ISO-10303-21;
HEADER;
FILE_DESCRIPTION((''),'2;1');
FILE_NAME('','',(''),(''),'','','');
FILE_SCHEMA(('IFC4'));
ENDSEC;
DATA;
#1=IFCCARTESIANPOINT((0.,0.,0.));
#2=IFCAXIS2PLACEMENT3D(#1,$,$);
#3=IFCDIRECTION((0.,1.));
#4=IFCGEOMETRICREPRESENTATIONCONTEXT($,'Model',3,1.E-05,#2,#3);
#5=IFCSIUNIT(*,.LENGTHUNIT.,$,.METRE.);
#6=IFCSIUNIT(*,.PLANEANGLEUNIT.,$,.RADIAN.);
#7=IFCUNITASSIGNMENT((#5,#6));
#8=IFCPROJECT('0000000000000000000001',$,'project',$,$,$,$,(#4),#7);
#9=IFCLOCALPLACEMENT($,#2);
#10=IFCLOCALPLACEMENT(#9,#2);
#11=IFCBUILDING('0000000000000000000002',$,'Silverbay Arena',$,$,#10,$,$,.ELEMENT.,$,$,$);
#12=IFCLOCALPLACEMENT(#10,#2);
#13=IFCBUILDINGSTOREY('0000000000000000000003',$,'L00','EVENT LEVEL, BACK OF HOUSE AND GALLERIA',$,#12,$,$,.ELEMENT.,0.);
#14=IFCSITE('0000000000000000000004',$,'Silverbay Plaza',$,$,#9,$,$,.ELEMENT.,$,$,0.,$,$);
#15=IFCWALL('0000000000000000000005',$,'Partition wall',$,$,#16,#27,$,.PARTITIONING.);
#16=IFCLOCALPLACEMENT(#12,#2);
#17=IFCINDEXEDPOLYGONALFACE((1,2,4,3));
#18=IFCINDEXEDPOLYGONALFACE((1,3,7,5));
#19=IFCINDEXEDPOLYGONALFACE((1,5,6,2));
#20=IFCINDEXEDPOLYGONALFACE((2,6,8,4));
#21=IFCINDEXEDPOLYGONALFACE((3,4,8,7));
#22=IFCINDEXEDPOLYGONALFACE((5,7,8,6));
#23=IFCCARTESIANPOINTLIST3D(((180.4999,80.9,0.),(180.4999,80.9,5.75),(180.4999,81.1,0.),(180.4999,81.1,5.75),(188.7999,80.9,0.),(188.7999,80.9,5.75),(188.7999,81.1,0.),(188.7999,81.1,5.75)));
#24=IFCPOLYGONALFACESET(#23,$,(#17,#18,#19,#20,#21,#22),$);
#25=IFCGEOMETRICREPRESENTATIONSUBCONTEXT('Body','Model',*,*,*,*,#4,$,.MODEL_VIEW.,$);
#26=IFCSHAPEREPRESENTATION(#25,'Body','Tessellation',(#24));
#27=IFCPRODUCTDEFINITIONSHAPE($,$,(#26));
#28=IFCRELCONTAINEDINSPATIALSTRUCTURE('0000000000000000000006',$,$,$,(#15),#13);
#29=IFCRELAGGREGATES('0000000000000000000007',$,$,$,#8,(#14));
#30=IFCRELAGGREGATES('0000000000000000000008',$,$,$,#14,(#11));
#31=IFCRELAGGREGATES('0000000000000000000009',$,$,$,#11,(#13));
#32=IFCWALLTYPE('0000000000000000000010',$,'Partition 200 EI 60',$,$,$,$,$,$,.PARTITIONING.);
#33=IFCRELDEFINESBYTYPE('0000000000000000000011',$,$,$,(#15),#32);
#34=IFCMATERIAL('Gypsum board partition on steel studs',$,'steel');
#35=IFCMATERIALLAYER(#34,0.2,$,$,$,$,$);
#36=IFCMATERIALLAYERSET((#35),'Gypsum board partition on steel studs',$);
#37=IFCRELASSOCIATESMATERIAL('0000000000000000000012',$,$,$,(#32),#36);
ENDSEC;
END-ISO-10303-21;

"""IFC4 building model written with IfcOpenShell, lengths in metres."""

from ifc_helpers import new_model, si_unit, direction, frame, frame_2d, origin, place, context, subcontext, project, spatial, rectangle, extrude, material, layer, layer_set, type_object, element, save


model = new_model("IFC4")

# Units and contexts
model_context = context("Model", 3, precision=1e-05, world=origin(), true_north=direction((0.0, 1.0)))
body_context = subcontext(model_context, "Body", "Model", "MODEL_VIEW")
ifc_project = project(units=[si_unit("LENGTHUNIT", "METRE"), si_unit("PLANEANGLEUNIT", "RADIAN")], contexts=[model_context])

# Site, building, storey
site_placement = place(None, origin())
site = spatial("IfcSite", under=ifc_project, at=site_placement, Name="Silverbay Plaza", CompositionType="ELEMENT", RefElevation=0.0)
building_placement = place(site_placement, origin())
building = spatial("IfcBuilding", under=site, at=building_placement, Name="Silverbay Arena", CompositionType="ELEMENT")
storey_placement = place(building_placement, origin())
storey = spatial("IfcBuildingStorey", under=building, at=storey_placement, Name="L00", Description="EVENT LEVEL, BACK OF HOUSE AND GALLERIA", CompositionType="ELEMENT", Elevation=0.0)

# Wall
ifc_material_1 = material(Name="Gypsum board partition on steel studs", Category="steel")
ifc_layer_1 = layer(ifc_material_1, 0.2)
ifc_layer_set_1 = layer_set([ifc_layer_1], Name="Gypsum board partition on steel studs")
wall_type_1 = type_object("IfcWallType", Name="Partition 200 EI 60", PredefinedType="PARTITIONING", material=ifc_layer_set_1)
wall_1_placement = place(storey_placement, frame((180.5, 81.0, 0.0), z_axis=(0.0, 0.0, 1.0), x_axis=(1.0, 0.0, 0.0)))
element("IfcWall", 1, at=wall_1_placement, inside=storey, type_object=wall_type_1, Name="Partition wall", PredefinedType="PARTITIONING", context=body_context, shape_type="SweptSolid", body=[
    extrude(rectangle(XDim=8.3, YDim=0.2, at=frame_2d((4.1499, 0.0))), origin(), (0.0, 0.0, 1.0), 5.75),
])

save(model, "model.ifc")
